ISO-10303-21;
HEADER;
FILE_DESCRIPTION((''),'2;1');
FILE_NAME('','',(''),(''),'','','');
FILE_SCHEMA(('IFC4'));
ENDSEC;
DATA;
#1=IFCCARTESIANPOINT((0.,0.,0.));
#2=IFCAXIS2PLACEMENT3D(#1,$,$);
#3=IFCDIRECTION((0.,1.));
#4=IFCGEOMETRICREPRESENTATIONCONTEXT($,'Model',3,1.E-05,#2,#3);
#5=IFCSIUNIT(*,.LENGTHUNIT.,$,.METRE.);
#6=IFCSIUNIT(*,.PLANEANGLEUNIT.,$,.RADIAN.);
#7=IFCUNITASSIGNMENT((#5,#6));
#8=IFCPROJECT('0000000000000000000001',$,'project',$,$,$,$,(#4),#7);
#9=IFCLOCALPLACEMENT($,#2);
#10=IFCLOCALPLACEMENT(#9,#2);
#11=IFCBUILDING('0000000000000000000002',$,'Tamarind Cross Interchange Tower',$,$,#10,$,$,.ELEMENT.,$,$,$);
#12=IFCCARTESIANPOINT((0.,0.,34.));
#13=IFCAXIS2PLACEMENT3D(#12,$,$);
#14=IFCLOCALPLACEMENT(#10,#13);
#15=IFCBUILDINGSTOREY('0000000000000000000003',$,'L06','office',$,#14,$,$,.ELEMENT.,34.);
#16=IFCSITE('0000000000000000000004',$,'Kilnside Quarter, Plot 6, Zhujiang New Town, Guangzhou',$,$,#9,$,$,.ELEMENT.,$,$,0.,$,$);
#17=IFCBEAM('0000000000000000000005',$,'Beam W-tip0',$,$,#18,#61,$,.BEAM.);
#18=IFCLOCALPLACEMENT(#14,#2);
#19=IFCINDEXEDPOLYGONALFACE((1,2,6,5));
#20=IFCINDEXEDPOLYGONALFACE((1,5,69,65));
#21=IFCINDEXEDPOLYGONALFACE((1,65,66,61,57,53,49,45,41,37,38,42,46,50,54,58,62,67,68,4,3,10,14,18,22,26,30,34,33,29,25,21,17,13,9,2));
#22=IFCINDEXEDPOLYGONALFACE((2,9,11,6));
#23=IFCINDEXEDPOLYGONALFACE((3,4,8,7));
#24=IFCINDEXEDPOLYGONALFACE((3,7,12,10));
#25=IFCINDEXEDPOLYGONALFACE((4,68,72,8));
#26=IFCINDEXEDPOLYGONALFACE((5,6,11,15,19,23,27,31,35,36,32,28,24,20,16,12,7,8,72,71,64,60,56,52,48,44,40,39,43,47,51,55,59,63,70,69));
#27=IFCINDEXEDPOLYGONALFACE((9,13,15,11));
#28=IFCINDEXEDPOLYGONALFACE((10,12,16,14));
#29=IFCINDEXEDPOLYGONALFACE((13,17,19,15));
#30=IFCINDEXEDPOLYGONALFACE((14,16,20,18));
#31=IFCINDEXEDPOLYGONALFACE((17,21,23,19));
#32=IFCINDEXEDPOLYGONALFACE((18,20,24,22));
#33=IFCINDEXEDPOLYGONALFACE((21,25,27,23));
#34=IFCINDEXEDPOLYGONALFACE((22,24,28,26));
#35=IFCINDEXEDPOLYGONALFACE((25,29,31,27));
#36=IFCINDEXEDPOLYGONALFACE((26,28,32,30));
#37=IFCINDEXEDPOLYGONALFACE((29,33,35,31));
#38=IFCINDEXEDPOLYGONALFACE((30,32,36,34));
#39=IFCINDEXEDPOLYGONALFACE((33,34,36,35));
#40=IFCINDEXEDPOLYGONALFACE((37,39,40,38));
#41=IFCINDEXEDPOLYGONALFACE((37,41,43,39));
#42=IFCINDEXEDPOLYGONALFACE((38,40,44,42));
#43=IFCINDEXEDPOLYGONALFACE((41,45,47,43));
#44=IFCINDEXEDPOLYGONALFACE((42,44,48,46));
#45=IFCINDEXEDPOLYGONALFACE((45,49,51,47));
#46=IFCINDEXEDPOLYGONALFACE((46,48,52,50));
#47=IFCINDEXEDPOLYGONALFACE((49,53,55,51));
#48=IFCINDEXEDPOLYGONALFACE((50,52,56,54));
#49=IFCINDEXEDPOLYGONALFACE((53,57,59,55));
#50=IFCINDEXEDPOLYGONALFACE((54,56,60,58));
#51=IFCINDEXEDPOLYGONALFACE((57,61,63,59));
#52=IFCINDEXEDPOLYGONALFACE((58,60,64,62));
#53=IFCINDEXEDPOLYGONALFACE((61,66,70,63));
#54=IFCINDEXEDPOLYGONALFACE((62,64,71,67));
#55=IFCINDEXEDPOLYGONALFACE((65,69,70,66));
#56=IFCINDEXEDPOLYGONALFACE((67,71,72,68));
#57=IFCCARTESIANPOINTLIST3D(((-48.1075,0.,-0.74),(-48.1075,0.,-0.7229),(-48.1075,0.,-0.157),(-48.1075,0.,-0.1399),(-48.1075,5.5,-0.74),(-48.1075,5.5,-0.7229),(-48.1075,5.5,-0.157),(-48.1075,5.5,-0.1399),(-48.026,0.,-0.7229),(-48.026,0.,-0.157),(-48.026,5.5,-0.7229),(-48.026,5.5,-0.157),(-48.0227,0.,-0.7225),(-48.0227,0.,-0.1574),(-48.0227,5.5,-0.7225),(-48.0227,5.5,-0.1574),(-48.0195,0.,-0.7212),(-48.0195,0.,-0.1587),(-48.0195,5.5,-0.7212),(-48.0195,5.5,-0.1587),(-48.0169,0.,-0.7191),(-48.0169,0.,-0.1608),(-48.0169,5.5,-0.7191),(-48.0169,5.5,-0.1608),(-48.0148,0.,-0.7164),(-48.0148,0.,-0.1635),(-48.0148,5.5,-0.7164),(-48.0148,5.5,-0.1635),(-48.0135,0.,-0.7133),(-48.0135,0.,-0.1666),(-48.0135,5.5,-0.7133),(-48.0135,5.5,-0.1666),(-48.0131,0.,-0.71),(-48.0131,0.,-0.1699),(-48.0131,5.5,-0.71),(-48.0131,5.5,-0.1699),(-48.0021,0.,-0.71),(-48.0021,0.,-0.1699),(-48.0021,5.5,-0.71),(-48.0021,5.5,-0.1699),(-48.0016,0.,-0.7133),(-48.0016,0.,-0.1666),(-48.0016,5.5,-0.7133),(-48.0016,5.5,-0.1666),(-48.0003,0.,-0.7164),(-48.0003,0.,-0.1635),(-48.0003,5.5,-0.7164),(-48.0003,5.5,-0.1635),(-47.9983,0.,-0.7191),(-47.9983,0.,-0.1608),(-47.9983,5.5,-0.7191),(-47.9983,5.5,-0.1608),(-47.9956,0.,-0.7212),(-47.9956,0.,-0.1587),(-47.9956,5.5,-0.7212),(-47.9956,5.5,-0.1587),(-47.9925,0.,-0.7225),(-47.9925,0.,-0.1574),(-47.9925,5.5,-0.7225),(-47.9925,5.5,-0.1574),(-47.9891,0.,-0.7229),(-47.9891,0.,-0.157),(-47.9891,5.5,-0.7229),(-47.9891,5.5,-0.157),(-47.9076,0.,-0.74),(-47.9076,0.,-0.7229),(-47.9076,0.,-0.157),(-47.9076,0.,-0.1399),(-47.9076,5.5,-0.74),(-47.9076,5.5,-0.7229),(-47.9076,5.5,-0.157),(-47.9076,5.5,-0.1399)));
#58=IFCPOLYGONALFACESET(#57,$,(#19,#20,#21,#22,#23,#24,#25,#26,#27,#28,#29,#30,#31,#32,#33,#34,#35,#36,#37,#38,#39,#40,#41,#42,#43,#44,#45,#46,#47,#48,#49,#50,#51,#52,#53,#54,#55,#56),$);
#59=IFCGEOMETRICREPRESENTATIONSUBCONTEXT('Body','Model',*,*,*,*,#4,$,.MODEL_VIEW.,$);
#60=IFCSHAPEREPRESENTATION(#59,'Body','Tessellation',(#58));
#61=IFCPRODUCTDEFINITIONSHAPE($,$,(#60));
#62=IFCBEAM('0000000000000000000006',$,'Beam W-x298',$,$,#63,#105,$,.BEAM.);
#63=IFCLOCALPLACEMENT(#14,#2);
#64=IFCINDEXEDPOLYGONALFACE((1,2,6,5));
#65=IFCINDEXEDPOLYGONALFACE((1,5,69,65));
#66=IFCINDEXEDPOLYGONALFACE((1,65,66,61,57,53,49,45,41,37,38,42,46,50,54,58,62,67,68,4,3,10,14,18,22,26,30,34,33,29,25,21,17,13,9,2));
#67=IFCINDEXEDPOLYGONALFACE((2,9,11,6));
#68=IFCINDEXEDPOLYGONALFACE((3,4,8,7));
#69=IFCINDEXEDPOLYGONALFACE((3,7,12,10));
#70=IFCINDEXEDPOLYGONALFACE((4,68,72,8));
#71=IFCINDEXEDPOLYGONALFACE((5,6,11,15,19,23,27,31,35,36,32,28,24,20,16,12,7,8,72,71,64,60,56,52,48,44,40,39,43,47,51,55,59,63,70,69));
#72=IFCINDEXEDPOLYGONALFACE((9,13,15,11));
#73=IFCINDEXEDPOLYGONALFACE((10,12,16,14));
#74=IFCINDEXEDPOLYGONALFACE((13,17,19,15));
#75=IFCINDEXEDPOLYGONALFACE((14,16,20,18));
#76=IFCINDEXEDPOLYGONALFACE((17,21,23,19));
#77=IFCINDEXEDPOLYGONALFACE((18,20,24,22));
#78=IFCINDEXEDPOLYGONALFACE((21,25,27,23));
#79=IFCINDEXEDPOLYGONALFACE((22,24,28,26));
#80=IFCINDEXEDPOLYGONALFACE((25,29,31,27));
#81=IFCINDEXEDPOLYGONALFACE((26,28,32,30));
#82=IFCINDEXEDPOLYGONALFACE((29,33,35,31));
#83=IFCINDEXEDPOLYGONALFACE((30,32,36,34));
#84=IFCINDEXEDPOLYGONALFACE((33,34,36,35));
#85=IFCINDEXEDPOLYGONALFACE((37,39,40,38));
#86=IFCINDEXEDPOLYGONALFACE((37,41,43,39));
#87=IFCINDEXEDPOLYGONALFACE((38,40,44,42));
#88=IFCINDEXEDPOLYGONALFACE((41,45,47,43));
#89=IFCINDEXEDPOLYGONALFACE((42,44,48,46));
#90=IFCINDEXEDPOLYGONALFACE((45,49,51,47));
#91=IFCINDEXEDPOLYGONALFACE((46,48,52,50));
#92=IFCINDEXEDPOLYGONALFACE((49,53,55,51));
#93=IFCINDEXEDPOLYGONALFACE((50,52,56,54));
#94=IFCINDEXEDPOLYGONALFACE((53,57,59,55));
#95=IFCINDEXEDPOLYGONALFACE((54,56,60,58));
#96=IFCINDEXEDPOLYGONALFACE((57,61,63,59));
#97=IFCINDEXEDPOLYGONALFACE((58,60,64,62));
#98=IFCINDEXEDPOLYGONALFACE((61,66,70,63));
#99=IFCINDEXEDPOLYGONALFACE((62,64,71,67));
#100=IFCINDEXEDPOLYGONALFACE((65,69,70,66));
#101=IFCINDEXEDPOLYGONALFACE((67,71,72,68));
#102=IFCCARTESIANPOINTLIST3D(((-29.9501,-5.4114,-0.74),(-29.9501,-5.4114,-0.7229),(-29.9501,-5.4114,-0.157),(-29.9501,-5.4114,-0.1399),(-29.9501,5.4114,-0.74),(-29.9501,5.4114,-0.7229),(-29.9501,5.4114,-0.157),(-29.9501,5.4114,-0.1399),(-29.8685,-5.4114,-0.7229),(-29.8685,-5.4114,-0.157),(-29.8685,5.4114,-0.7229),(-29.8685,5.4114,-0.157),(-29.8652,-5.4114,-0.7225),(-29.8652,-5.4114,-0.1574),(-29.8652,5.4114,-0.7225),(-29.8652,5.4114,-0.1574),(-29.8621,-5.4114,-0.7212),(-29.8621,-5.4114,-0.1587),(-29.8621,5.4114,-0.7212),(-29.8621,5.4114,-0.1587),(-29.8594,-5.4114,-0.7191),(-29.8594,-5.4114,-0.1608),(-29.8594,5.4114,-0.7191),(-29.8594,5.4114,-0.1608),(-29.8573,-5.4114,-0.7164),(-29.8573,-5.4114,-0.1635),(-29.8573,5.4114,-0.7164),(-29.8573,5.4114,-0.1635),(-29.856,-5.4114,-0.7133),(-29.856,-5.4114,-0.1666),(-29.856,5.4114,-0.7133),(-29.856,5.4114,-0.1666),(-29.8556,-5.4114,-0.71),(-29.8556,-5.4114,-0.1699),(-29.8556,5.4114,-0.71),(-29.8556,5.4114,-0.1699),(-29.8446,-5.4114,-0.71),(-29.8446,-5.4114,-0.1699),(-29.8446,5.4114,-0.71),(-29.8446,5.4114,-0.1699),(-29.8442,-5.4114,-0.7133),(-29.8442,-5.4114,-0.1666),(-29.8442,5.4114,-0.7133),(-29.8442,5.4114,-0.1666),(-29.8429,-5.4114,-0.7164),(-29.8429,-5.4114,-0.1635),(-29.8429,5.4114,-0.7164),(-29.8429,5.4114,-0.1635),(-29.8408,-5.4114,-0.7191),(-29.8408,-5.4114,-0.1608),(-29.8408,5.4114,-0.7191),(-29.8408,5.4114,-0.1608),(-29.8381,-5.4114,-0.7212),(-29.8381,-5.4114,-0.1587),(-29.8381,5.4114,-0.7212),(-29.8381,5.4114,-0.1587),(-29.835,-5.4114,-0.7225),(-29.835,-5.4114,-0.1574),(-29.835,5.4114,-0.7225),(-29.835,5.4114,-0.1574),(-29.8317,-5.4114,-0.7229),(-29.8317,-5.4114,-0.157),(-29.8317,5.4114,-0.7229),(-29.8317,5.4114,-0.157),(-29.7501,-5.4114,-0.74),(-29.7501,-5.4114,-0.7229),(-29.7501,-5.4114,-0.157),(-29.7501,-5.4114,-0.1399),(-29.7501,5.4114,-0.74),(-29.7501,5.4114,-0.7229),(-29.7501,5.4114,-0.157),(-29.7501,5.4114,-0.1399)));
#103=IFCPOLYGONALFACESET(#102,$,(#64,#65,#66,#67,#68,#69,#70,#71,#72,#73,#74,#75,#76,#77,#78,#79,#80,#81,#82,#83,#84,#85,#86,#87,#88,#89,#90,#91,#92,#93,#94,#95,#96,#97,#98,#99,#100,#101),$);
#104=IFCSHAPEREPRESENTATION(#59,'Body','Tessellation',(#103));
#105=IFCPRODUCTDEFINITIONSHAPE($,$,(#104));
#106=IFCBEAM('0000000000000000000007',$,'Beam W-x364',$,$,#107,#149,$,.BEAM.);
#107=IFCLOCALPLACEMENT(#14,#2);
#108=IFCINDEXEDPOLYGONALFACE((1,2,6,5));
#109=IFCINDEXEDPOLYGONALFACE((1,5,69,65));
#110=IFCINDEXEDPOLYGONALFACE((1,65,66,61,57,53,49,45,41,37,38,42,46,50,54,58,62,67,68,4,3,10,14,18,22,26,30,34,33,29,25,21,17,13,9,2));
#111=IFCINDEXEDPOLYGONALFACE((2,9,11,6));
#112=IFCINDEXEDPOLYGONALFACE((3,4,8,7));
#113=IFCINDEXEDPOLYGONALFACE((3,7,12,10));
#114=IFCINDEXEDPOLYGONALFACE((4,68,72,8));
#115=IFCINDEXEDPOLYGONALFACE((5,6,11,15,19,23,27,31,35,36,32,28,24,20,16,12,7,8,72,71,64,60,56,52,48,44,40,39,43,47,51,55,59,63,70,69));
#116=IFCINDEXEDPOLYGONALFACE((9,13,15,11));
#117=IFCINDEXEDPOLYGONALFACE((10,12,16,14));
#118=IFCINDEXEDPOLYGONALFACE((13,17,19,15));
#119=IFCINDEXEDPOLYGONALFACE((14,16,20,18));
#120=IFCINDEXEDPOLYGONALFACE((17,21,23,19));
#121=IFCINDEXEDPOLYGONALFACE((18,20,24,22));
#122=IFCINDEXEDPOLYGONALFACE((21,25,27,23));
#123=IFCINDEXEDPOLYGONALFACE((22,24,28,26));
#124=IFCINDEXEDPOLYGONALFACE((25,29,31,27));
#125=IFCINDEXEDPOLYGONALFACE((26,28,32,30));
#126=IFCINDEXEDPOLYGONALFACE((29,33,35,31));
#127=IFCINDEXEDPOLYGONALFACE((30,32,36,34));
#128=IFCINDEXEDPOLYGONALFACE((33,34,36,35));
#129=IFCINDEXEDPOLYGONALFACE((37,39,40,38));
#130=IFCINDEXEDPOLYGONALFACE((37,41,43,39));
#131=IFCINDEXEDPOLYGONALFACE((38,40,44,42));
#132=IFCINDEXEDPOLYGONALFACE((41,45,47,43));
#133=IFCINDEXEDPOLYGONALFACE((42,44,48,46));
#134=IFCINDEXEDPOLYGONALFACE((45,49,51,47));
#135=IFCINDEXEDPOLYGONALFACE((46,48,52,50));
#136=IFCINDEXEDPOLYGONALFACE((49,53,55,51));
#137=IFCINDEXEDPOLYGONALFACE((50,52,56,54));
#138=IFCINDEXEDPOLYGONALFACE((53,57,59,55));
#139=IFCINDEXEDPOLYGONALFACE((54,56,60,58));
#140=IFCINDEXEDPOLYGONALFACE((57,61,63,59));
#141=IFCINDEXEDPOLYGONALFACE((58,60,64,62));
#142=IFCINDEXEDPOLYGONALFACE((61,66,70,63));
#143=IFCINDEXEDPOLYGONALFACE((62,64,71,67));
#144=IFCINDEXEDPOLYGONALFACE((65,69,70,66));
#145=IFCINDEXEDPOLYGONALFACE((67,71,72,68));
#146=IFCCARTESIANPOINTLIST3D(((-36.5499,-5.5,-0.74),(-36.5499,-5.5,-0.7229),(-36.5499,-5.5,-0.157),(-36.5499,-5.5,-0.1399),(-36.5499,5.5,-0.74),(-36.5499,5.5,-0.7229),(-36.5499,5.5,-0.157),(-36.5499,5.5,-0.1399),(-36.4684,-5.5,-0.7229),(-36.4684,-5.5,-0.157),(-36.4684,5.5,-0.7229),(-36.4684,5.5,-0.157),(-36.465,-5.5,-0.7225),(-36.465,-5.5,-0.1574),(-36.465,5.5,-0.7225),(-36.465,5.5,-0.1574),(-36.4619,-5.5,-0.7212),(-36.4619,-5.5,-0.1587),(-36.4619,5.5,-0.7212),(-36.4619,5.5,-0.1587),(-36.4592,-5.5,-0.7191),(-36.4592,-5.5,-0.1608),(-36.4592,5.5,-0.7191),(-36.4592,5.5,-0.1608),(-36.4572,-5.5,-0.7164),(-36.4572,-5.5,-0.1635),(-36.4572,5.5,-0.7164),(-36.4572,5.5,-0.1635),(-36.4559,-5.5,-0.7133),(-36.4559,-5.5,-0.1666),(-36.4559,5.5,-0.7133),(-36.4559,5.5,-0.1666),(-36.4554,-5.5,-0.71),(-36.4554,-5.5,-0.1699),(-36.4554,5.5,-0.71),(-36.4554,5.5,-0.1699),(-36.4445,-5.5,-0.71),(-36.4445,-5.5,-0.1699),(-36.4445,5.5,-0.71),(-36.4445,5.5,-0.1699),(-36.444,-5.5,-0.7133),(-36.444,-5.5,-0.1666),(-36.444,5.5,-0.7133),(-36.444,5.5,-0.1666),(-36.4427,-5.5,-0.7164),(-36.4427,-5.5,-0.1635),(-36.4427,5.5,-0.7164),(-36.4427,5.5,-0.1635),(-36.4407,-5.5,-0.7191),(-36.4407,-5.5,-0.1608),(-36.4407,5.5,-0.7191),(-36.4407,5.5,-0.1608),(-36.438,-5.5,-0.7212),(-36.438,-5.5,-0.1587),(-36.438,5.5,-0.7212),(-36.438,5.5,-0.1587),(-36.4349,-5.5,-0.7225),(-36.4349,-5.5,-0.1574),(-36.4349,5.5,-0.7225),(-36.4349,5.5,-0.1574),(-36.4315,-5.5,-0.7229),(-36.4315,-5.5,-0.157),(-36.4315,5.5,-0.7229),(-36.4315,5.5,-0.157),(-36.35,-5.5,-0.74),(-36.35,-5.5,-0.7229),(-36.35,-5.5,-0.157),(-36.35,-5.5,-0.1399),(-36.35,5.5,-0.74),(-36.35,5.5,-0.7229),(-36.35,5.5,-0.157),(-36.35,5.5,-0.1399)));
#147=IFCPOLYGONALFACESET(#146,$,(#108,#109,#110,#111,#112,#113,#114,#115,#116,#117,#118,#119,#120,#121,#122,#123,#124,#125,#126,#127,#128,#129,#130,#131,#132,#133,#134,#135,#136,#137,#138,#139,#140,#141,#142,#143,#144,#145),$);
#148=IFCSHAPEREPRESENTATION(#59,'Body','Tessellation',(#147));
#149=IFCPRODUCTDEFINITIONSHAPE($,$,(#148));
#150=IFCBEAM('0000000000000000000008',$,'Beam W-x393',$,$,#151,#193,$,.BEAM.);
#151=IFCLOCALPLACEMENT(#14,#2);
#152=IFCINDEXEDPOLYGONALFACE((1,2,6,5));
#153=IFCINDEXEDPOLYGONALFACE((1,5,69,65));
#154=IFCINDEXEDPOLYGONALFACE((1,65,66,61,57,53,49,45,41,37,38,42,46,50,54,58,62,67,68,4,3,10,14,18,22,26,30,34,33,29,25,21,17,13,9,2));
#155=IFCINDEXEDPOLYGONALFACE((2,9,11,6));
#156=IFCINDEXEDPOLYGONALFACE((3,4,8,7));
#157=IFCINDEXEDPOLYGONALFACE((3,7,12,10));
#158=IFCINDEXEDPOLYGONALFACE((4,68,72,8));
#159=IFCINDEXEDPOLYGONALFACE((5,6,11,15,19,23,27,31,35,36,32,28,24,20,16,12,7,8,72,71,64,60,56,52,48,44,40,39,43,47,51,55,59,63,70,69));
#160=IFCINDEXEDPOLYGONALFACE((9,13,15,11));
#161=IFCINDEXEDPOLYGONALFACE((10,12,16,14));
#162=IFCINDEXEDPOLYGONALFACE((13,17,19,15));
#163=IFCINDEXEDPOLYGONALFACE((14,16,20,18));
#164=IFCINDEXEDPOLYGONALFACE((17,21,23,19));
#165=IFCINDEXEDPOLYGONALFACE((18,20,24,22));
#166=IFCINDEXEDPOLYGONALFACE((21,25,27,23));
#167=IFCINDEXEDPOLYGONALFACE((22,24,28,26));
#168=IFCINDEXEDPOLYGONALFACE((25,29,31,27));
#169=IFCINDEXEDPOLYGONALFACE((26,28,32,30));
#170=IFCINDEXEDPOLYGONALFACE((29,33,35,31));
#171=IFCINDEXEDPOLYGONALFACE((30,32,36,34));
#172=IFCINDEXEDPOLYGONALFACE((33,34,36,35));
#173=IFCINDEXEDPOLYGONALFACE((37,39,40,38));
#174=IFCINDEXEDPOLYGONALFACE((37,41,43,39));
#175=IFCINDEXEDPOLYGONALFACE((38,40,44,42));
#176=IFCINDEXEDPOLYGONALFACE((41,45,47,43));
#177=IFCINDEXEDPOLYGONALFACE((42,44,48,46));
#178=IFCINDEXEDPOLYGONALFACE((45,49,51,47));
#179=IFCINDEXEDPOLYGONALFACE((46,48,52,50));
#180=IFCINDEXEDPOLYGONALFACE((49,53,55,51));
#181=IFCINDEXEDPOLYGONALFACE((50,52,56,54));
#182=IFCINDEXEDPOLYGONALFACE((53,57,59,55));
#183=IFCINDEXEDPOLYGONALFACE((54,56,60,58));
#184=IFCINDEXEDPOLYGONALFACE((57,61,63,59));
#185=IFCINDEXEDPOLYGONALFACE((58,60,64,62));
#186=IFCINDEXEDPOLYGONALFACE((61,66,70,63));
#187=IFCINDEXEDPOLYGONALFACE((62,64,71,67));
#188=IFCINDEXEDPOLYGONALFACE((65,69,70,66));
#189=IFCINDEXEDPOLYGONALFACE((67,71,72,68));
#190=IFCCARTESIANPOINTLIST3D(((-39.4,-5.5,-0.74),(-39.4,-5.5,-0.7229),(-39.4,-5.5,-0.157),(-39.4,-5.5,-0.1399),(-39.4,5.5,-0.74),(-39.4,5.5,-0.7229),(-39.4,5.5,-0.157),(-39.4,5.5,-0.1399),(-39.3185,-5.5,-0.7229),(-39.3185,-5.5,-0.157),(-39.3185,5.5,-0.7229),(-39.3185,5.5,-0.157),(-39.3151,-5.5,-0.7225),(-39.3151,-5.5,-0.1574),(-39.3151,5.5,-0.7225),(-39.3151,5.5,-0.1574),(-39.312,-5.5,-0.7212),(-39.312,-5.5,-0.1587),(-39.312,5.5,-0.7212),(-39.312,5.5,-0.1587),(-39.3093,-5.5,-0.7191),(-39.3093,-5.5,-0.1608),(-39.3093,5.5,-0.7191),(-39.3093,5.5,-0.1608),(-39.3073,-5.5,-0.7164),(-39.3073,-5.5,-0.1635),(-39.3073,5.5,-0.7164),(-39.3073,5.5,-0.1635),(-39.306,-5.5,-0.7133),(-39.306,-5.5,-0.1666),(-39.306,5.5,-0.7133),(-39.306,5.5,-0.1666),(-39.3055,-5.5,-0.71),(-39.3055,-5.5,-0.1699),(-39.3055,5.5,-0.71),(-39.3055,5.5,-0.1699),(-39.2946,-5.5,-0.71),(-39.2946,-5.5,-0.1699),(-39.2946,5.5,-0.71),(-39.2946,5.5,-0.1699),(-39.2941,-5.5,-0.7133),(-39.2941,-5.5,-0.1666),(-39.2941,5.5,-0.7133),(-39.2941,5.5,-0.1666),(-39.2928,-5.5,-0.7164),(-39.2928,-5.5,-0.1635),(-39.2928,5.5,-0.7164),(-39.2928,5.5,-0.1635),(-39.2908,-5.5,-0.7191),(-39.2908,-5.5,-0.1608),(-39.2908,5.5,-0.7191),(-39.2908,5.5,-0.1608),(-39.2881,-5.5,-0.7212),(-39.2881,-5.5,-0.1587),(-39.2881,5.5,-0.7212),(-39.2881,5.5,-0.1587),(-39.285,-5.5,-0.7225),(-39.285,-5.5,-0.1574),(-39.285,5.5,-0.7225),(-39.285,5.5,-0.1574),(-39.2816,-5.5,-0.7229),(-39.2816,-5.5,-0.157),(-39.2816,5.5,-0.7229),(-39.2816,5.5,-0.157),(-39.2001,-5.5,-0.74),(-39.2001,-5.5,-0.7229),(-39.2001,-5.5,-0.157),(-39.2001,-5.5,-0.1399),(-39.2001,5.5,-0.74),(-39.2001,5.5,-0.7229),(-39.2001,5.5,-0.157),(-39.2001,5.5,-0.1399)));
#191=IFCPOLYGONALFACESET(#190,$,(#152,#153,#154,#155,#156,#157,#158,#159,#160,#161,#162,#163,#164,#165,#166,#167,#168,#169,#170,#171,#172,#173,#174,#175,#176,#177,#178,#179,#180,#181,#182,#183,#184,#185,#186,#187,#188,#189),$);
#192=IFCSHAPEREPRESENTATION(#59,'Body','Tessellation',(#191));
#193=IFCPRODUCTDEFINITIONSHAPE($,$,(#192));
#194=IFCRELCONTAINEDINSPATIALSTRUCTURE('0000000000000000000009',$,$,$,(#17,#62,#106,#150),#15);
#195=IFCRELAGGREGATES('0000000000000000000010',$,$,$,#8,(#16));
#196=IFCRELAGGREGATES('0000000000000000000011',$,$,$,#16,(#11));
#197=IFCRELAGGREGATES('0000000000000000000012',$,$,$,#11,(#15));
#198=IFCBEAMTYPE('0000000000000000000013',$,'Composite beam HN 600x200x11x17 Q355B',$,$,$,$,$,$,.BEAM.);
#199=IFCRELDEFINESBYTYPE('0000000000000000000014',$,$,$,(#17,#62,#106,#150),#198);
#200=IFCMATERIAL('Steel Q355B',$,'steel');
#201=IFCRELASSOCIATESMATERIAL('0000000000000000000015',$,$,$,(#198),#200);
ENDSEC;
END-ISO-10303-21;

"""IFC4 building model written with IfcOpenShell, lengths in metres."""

from ifc_helpers import new_model, si_unit, direction, frame, origin, origin_2d, place, context, subcontext, project, spatial, i_section, extrude, material, material_profile, profile_set, type_object, element, save


model = new_model("IFC4")

# Units and contexts
model_context = context("Model", 3, precision=1e-05, world=origin(), true_north=direction((0.0, 1.0)))
body_context = subcontext(model_context, "Body", "Model", "MODEL_VIEW")
ifc_project = project(units=[si_unit("LENGTHUNIT", "METRE"), si_unit("PLANEANGLEUNIT", "RADIAN")], contexts=[model_context])

# Site, building, storey
site_placement = place(None, origin())
site = spatial("IfcSite", under=ifc_project, at=site_placement, Name="Kilnside Quarter, Plot 6, Zhujiang New Town, Guangzhou", CompositionType="ELEMENT", RefElevation=0.0)
building_placement = place(site_placement, origin())
building = spatial("IfcBuilding", under=site, at=building_placement, Name="Tamarind Cross Interchange Tower", CompositionType="ELEMENT")
storey_placement = place(building_placement, frame((0.0, 0.0, 34.0)))
storey = spatial("IfcBuildingStorey", under=building, at=storey_placement, Name="L06", Description="office", CompositionType="ELEMENT", Elevation=34.0)

# Beams
ifc_material_1 = material(Name="Steel Q355B", Category="steel")
ifc_material_profile_1 = material_profile(ifc_material_1, i_section(OverallWidth=0.2, OverallDepth=0.6001, WebThickness=0.011, FlangeThickness=0.0171, FilletRadius=0.0129, at=origin_2d()), Name="HN 600x200x11x17")
ifc_profile_set_1 = profile_set([ifc_material_profile_1], Name="Steel Q355B")
beam_type_1 = type_object("IfcBeamType", Name="Composite beam HN 600x200x11x17 Q355B", PredefinedType="BEAM", material=ifc_profile_set_1)
beam_1_placement = place(storey_placement, frame((-48.0076, 5.5, -0.4399), z_axis=(0.0, -1.0, 0.0), x_axis=(1.0, 0.0, 0.0)))
element("IfcBeam", 1, at=beam_1_placement, inside=storey, type_object=beam_type_1, Name="Beam W-tip0", PredefinedType="BEAM", context=body_context, shape_type="SweptSolid", body=[
    extrude(i_section(OverallWidth=0.2, OverallDepth=0.6001, WebThickness=0.011, FlangeThickness=0.0171, FilletRadius=0.0129, at=origin_2d()), origin(), (0.0, 0.0, 1.0), 5.5),
])
beam_2_placement = place(storey_placement, frame((-29.8501, 5.4114, -0.4399), z_axis=(0.0, -1.0, 0.0), x_axis=(1.0, 0.0, 0.0)))
element("IfcBeam", 2, at=beam_2_placement, inside=storey, type_object=beam_type_1, Name="Beam W-x298", PredefinedType="BEAM", context=body_context, shape_type="SweptSolid", body=[
    extrude(i_section(OverallWidth=0.2, OverallDepth=0.6001, WebThickness=0.011, FlangeThickness=0.0171, FilletRadius=0.0129, at=origin_2d()), origin(), (0.0, 0.0, 1.0), 10.8228),
])
for number, where, z_axis, x_axis, name in (
    (3, (-36.45, 5.5, -0.4399), (0.0, -1.0, 0.0), (1.0, 0.0, 0.0), "Beam W-x364"),
    (4, (-39.3, 5.5, -0.4399), (0.0, -1.0, 0.0), (1.0, 0.0, 0.0), "Beam W-x393"),
):
    element("IfcBeam", number, at=place(storey_placement, frame(where, z_axis=z_axis, x_axis=x_axis)), inside=storey, type_object=beam_type_1, Name=name, PredefinedType="BEAM", context=body_context, shape_type="SweptSolid", body=[
        extrude(i_section(OverallWidth=0.2, OverallDepth=0.6001, WebThickness=0.011, FlangeThickness=0.0171, FilletRadius=0.0129, at=origin_2d()), origin(), (0.0, 0.0, 1.0), 11.0),
    ])

save(model, "model.ifc")
